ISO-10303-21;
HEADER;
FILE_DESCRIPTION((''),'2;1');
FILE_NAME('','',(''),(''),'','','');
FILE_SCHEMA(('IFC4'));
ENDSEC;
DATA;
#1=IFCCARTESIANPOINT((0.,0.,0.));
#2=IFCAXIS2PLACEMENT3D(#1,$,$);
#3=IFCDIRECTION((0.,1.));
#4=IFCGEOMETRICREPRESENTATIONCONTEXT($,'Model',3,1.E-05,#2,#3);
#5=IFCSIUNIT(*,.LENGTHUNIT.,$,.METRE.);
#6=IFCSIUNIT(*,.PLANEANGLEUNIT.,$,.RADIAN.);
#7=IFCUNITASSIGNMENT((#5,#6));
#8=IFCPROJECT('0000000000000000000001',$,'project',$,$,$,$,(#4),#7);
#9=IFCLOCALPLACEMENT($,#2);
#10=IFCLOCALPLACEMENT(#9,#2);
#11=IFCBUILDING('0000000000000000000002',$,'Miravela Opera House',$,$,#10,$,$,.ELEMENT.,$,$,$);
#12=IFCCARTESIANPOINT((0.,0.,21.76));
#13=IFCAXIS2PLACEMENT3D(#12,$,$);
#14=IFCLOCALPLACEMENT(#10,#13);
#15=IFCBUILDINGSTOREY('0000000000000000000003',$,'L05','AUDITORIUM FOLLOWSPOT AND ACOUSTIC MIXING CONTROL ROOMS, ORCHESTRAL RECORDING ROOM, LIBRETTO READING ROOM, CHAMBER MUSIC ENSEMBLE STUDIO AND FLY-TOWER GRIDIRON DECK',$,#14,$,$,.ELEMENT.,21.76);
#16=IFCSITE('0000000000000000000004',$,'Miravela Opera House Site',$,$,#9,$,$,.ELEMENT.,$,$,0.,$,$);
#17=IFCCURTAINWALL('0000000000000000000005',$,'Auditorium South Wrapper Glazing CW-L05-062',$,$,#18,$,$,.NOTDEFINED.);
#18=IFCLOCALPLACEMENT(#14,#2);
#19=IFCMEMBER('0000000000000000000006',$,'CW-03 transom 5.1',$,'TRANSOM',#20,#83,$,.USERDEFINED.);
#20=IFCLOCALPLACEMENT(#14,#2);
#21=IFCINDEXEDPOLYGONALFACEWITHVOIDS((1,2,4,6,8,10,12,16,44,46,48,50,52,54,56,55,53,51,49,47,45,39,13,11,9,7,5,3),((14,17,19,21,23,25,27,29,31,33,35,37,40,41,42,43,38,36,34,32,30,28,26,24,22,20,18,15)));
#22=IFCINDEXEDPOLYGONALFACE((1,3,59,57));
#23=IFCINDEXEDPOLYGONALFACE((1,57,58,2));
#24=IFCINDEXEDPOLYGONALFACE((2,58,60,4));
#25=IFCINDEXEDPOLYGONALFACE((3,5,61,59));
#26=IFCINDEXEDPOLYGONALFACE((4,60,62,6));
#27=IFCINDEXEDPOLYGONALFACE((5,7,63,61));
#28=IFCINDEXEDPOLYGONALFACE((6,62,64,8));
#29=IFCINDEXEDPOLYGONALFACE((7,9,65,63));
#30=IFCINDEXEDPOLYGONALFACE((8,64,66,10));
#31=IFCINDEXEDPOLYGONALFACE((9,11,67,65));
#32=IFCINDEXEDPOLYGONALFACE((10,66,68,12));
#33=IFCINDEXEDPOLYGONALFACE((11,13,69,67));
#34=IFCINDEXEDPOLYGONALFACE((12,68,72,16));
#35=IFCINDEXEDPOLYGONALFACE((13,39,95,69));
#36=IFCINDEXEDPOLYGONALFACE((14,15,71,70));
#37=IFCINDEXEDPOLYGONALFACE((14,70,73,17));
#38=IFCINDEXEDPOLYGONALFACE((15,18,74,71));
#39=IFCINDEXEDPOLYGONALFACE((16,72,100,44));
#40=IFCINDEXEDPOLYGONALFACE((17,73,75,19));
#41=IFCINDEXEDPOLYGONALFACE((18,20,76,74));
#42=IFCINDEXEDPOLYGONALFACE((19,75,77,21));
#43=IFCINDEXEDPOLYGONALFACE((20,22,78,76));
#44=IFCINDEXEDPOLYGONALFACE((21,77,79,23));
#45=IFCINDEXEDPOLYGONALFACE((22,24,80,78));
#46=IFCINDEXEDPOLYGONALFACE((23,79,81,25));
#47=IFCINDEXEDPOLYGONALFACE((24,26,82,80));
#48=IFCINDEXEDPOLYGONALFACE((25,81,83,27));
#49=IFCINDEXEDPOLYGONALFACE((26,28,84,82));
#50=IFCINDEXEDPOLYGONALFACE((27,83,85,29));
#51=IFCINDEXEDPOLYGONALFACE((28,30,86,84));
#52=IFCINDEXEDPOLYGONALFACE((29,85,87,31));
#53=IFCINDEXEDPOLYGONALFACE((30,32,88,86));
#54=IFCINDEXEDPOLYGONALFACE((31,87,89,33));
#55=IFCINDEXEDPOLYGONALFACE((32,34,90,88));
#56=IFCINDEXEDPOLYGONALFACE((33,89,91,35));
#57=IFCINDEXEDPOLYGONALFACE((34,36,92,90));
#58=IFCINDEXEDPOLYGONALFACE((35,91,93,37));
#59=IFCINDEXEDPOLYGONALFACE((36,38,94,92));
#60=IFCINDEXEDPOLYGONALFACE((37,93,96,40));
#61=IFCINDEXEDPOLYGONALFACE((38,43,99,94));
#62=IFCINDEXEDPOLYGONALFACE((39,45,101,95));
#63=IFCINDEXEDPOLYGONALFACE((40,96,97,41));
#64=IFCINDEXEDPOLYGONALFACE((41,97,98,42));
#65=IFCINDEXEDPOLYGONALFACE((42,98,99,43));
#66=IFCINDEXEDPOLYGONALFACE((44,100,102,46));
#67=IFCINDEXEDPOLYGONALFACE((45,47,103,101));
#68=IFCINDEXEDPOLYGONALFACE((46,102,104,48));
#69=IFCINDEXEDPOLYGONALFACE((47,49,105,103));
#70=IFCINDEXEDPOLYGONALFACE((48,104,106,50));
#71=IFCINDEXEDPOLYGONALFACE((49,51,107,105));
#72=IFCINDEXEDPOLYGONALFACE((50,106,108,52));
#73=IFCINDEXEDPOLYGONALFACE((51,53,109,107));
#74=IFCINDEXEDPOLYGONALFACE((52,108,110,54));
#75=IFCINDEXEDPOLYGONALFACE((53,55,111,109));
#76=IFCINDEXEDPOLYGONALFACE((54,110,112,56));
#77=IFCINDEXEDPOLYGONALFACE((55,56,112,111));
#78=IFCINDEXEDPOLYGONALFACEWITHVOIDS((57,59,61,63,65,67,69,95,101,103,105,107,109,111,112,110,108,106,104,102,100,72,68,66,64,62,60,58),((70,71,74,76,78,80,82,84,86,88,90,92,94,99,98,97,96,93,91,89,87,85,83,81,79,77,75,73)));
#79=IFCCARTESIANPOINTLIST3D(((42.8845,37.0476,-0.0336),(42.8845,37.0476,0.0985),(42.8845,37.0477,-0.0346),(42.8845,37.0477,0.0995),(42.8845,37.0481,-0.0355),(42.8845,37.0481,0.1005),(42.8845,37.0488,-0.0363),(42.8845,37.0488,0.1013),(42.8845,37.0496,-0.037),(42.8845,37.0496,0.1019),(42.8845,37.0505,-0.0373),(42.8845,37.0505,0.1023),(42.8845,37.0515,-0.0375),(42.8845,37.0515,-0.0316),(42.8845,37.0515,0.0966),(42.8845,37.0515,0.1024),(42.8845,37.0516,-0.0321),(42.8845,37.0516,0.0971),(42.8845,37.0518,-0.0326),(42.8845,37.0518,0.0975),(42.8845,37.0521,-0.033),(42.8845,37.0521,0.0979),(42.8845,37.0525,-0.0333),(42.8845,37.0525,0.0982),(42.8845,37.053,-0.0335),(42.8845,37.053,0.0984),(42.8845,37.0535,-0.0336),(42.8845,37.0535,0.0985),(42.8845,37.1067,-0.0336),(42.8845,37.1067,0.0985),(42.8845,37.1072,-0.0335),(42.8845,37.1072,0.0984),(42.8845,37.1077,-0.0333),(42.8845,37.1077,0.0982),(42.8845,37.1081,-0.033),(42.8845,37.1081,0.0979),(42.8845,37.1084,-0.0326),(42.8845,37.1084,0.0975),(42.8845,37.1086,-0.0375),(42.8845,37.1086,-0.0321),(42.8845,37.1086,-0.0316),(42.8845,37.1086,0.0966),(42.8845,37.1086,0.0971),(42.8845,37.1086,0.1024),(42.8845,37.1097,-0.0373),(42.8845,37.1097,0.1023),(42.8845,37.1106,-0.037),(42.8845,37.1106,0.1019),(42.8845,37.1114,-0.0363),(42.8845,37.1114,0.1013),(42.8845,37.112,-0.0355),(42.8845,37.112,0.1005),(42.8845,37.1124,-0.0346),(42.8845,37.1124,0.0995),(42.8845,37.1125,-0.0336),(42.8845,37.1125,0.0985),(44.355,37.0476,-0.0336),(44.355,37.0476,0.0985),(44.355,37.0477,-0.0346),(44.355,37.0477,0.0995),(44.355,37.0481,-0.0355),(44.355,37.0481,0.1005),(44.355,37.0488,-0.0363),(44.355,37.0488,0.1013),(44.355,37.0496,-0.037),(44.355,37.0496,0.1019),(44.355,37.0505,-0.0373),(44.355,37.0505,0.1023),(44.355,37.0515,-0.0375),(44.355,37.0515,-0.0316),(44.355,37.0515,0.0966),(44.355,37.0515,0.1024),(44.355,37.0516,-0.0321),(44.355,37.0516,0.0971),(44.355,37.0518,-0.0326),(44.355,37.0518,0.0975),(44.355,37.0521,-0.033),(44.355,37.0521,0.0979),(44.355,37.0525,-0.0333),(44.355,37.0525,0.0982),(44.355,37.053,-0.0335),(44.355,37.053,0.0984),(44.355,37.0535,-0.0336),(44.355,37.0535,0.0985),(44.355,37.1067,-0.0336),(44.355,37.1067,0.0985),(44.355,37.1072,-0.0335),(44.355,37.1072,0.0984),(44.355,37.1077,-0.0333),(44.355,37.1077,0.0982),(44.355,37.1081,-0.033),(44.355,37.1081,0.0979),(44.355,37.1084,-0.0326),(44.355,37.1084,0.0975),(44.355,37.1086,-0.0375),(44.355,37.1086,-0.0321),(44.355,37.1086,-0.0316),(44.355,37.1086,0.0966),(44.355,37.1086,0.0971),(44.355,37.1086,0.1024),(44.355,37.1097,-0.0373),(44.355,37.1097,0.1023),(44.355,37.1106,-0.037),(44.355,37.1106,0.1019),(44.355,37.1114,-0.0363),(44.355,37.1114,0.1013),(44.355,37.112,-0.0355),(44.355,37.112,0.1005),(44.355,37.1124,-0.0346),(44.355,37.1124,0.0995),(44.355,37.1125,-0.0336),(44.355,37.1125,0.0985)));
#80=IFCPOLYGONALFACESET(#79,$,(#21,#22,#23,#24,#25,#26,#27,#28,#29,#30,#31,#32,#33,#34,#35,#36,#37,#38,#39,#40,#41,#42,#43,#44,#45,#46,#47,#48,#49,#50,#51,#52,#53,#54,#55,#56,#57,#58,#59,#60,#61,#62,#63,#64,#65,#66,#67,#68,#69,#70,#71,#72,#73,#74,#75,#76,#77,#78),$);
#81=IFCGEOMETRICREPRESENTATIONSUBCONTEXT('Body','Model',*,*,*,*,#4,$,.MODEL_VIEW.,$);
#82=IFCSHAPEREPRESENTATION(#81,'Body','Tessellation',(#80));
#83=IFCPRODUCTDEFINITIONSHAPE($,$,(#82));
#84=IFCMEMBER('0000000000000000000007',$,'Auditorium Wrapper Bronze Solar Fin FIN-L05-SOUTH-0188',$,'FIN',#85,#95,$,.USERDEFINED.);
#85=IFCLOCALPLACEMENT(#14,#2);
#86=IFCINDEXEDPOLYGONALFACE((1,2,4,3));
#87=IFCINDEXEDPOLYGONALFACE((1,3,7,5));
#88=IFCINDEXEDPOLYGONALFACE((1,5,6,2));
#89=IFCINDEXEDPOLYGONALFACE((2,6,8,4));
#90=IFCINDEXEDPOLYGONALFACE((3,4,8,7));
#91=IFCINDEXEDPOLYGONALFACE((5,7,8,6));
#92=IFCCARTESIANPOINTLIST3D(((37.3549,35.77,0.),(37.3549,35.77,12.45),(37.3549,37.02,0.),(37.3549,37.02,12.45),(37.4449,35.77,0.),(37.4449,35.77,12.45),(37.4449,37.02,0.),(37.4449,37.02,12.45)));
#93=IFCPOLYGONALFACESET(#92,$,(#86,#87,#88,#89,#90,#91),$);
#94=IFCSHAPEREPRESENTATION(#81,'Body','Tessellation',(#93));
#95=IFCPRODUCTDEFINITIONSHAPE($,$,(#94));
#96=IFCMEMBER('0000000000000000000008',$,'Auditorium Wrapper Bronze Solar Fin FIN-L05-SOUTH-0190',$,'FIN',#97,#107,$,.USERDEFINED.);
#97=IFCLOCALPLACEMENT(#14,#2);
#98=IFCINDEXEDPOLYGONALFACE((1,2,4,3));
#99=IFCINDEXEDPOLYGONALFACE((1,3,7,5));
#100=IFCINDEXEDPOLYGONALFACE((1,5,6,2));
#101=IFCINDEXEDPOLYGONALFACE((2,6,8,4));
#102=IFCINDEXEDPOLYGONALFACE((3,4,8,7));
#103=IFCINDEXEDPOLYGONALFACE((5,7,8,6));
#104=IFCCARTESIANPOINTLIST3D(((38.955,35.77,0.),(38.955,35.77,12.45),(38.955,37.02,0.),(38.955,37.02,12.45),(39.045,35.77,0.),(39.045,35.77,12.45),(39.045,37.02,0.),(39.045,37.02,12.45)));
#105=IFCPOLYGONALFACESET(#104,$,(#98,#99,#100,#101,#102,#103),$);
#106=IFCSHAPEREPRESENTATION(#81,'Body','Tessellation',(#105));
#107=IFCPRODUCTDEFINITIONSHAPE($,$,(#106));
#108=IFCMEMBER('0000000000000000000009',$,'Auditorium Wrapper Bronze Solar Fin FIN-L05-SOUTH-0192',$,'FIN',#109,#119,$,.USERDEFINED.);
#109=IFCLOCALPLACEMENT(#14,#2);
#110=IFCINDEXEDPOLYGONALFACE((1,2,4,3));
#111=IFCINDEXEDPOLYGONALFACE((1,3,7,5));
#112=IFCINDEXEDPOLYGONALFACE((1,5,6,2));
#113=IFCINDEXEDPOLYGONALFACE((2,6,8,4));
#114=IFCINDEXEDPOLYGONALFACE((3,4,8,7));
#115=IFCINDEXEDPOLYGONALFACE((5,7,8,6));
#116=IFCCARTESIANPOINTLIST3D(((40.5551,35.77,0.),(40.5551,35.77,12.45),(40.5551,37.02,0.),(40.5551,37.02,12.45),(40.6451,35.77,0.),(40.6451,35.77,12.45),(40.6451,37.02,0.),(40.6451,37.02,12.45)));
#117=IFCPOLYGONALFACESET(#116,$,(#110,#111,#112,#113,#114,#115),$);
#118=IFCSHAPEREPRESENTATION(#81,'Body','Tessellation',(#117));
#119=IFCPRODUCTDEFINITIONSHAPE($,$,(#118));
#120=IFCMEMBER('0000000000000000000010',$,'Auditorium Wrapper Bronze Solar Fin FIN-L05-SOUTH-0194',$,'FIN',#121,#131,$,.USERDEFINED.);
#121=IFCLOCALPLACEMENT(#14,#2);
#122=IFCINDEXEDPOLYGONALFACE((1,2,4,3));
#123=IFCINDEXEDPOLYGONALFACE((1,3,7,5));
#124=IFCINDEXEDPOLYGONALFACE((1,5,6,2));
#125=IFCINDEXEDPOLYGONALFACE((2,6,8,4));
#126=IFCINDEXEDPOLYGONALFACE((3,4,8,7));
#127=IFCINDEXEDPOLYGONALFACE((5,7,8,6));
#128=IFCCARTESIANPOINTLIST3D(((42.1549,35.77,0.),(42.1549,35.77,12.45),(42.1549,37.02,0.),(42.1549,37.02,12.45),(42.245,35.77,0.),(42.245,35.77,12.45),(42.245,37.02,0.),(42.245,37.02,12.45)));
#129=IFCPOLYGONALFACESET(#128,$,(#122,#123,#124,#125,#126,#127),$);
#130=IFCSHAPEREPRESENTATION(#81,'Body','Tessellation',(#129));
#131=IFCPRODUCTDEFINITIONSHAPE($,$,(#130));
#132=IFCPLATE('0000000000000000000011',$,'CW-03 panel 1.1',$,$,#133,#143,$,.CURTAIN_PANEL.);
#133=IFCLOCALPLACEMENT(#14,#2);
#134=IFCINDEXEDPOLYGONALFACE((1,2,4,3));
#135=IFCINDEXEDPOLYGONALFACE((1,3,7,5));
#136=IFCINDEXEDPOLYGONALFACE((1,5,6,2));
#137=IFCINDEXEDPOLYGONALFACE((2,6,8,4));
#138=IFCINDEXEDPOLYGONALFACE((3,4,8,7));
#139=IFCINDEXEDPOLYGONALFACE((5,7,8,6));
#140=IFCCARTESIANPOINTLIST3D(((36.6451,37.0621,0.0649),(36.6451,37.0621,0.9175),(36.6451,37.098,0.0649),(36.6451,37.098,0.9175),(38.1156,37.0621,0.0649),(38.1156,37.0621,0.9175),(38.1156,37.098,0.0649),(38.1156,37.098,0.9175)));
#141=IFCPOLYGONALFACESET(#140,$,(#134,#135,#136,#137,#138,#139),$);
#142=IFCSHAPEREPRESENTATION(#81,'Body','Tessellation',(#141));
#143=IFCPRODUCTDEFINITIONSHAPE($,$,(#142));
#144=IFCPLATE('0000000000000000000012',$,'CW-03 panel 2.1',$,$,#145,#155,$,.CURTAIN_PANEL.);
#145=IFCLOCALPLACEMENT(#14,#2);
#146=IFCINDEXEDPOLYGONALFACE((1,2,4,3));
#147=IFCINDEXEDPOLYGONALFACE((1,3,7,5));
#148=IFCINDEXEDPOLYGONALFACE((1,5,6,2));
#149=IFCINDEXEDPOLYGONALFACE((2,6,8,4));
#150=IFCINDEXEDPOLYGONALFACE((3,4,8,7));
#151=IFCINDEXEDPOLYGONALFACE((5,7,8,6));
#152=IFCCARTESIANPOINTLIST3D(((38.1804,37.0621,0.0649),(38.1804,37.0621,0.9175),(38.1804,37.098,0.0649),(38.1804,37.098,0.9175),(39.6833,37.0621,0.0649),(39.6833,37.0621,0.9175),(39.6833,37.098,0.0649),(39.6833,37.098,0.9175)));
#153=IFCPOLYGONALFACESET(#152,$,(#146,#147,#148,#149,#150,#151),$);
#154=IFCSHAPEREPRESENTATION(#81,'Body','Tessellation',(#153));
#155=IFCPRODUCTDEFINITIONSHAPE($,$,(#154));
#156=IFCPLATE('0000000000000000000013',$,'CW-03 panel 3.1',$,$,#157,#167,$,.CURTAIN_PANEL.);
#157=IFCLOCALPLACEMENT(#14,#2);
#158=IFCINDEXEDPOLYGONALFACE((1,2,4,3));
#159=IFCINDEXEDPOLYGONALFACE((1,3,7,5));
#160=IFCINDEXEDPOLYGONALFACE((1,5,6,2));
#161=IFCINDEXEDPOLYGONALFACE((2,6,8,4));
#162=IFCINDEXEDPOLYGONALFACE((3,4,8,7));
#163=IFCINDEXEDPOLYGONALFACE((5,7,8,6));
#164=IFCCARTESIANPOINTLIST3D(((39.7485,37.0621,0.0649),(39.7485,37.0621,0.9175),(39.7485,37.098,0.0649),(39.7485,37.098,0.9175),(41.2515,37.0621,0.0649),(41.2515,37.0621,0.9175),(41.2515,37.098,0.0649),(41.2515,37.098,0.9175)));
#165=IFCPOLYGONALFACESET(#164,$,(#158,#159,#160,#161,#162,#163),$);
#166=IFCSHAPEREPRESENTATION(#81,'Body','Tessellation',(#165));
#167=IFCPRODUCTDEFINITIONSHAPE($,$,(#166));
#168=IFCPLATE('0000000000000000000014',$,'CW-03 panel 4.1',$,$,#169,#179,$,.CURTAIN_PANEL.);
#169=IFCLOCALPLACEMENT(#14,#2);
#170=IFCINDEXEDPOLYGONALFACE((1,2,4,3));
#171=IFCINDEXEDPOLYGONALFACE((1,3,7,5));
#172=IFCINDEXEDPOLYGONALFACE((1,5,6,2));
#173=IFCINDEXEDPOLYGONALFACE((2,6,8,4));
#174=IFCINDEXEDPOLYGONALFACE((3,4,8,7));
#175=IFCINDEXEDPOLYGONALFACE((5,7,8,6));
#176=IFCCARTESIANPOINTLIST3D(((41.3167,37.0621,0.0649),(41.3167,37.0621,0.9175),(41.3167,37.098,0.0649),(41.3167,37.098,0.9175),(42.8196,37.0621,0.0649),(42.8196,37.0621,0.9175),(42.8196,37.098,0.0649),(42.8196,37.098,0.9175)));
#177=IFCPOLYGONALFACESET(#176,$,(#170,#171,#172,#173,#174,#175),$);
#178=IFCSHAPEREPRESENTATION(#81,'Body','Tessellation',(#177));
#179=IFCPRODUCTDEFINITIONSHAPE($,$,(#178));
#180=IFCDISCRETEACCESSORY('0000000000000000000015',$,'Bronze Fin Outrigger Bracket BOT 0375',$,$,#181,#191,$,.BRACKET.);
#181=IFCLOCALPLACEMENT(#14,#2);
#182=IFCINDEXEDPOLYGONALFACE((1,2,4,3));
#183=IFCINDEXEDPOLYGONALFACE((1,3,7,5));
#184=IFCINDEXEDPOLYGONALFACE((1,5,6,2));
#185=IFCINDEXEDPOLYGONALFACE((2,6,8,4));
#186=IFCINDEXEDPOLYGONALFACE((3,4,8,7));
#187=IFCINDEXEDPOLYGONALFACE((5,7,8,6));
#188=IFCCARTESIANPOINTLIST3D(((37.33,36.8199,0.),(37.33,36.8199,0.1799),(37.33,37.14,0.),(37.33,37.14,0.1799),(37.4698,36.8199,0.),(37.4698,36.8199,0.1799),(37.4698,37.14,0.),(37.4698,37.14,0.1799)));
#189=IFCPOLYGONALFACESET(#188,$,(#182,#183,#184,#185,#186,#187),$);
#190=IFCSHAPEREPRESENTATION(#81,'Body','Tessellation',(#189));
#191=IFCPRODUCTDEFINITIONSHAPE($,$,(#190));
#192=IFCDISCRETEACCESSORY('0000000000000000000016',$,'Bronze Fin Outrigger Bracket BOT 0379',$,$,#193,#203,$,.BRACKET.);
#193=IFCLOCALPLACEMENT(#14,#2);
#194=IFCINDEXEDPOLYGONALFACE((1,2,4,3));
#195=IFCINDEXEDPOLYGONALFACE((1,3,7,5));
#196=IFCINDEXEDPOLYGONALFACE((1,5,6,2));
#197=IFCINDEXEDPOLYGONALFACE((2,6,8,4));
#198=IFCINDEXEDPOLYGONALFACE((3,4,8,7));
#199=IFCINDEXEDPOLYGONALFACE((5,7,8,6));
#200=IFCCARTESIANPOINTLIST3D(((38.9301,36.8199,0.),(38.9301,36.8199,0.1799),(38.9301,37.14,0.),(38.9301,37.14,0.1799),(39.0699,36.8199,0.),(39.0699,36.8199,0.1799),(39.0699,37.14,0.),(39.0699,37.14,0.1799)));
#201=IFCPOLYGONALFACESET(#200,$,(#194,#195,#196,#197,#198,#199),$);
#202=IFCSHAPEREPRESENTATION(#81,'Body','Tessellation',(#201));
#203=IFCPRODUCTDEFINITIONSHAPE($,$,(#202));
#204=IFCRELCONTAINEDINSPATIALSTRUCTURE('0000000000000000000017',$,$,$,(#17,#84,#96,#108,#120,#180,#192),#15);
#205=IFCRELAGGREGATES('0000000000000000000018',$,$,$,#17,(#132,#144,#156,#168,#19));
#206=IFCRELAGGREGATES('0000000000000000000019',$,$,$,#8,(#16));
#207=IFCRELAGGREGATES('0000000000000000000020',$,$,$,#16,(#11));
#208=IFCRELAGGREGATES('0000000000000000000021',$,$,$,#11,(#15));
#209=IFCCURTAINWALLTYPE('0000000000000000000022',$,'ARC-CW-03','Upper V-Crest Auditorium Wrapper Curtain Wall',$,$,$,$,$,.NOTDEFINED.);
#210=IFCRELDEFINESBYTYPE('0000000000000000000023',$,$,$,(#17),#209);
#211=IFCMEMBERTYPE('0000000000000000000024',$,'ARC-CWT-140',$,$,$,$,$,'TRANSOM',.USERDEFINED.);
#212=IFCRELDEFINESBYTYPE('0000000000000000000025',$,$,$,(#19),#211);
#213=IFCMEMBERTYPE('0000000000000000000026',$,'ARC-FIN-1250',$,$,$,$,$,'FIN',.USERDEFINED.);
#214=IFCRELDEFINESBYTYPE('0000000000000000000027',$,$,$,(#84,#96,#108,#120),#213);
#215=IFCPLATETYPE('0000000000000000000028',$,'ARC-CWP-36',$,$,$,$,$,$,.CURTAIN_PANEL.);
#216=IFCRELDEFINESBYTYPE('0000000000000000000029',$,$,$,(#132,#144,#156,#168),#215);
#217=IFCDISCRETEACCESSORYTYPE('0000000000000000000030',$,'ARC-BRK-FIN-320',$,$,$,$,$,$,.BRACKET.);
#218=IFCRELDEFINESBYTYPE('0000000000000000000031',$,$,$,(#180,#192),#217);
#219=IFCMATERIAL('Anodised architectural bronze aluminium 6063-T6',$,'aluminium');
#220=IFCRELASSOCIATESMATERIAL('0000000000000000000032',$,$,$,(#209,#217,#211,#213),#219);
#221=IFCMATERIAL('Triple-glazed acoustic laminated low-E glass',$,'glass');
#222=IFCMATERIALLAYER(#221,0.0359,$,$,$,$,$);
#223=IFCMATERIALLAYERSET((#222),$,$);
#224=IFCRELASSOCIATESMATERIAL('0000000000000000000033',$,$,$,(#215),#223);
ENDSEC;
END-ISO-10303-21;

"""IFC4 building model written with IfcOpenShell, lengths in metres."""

from ifc_helpers import new_model, si_unit, direction, frame, origin, origin_2d, place, context, subcontext, project, spatial, rectangle, hollow_rectangle, extrude, material, layer, layer_set, material_profile, profile_set, type_object, element, aggregate, save


model = new_model("IFC4")

# Units and contexts
model_context = context("Model", 3, precision=1e-05, world=origin(), true_north=direction((0.0, 1.0)))
body_context = subcontext(model_context, "Body", "Model", "MODEL_VIEW")
ifc_project = project(units=[si_unit("LENGTHUNIT", "METRE"), si_unit("PLANEANGLEUNIT", "RADIAN")], contexts=[model_context])

# Site, building, storey
site_placement = place(None, origin())
site = spatial("IfcSite", under=ifc_project, at=site_placement, Name="Miravela Opera House Site", CompositionType="ELEMENT", RefElevation=0.0)
building_placement = place(site_placement, origin())
building = spatial("IfcBuilding", under=site, at=building_placement, Name="Miravela Opera House", CompositionType="ELEMENT")
storey_placement = place(building_placement, frame((0.0, 0.0, 21.76)))
storey = spatial("IfcBuildingStorey", under=building, at=storey_placement, Name="L05", Description="AUDITORIUM FOLLOWSPOT AND ACOUSTIC MIXING CONTROL ROOMS, ORCHESTRAL RECORDING ROOM, LIBRETTO READING ROOM, CHAMBER MUSIC ENSEMBLE STUDIO AND FLY-TOWER GRIDIRON DECK", CompositionType="ELEMENT", Elevation=21.76)

# Curtain wall, member
ifc_material_1 = material(Name="Anodised architectural bronze aluminium 6063-T6", Category="aluminium")
curtain_wall_type = type_object("IfcCurtainWallType", Name="ARC-CW-03", Description="Upper V-Crest Auditorium Wrapper Curtain Wall", PredefinedType="NOTDEFINED", material=ifc_material_1)
curtain_wall_placement = place(storey_placement, origin())
curtain_wall = element("IfcCurtainWall", 1, at=curtain_wall_placement, inside=storey, type_object=curtain_wall_type, Name="Auditorium South Wrapper Glazing CW-L05-062", PredefinedType="NOTDEFINED")
ifc_material_profile_1 = material_profile(ifc_material_1, hollow_rectangle(XDim=0.0649, YDim=0.1399, WallThickness=0.0039, InnerFilletRadius=0.002, OuterFilletRadius=0.0039, at=origin_2d()), Name="CWT-65X140")
ifc_profile_set_1 = profile_set([ifc_material_profile_1])
member_type_1 = type_object("IfcMemberType", Name="ARC-CWT-140", ElementType="TRANSOM", PredefinedType="USERDEFINED", material=ifc_profile_set_1)
member_1_placement = place(storey_placement, frame((42.8845, 37.0801, 0.0325), z_axis=(1.0, 0.0, 0.0), x_axis=(0.0, 1.0, 0.0)))
member_1 = element("IfcMember", 2, at=member_1_placement, type_object=member_type_1, Name="CW-03 transom 5.1", ObjectType="TRANSOM", PredefinedType="USERDEFINED", context=body_context, shape_type="SweptSolid", body=[
    extrude(hollow_rectangle(XDim=0.0649, YDim=0.1399, WallThickness=0.0039, InnerFilletRadius=0.002, OuterFilletRadius=0.0039, at=origin_2d()), origin(), (0.0, 0.0, 1.0), 1.4705),
])

# Members
ifc_material_profile_2 = material_profile(ifc_material_1, rectangle(XDim=0.0901, YDim=1.25, at=origin_2d()), Name="FIN-1250X90")
ifc_profile_set_2 = profile_set([ifc_material_profile_2])
member_type_2 = type_object("IfcMemberType", Name="ARC-FIN-1250", ElementType="FIN", PredefinedType="USERDEFINED", material=ifc_profile_set_2)
for number, where, z_axis, x_axis, name in (
    (3, (37.3999, 36.395, 0.0), (0.0, 0.0, 1.0), (1.0, 0.0, 0.0), "Auditorium Wrapper Bronze Solar Fin FIN-L05-SOUTH-0188"),
    (4, (39.0, 36.395, 0.0), (0.0, 0.0, 1.0), (1.0, 0.0, 0.0), "Auditorium Wrapper Bronze Solar Fin FIN-L05-SOUTH-0190"),
    (5, (40.6001, 36.395, 0.0), (0.0, 0.0, 1.0), (1.0, 0.0, 0.0), "Auditorium Wrapper Bronze Solar Fin FIN-L05-SOUTH-0192"),
    (6, (42.2, 36.395, 0.0), (0.0, 0.0, 1.0), (1.0, 0.0, 0.0), "Auditorium Wrapper Bronze Solar Fin FIN-L05-SOUTH-0194"),
):
    element("IfcMember", number, at=place(storey_placement, frame(where, z_axis=z_axis, x_axis=x_axis)), inside=storey, type_object=member_type_2, Name=name, ObjectType="FIN", PredefinedType="USERDEFINED", context=body_context, shape_type="SweptSolid", body=[
        extrude(rectangle(XDim=0.0901, YDim=1.25, at=origin_2d()), origin(), (0.0, 0.0, 1.0), 12.45),
    ])

# Plates
ifc_material_2 = material(Name="Triple-glazed acoustic laminated low-E glass", Category="glass")
ifc_layer = layer(ifc_material_2, 0.0359)
ifc_layer_set = layer_set([ifc_layer])
plate_type = type_object("IfcPlateType", Name="ARC-CWP-36", PredefinedType="CURTAIN_PANEL", material=ifc_layer_set)
plate_1_placement = place(storey_placement, frame((37.3804, 37.0801, 0.0649), z_axis=(0.0, 0.0, 1.0), x_axis=(1.0, 0.0, 0.0)))
plate_1 = element("IfcPlate", 7, at=plate_1_placement, type_object=plate_type, Name="CW-03 panel 1.1", PredefinedType="CURTAIN_PANEL", context=body_context, shape_type="SweptSolid", body=[
    extrude(rectangle(XDim=1.4705, YDim=0.0359, at=origin_2d()), origin(), (0.0, 0.0, 1.0), 0.8525),
])
plate_2_placement = place(storey_placement, frame((38.9319, 37.0801, 0.0649), z_axis=(0.0, 0.0, 1.0), x_axis=(1.0, 0.0, 0.0)))
plate_2 = element("IfcPlate", 8, at=plate_2_placement, type_object=plate_type, Name="CW-03 panel 2.1", PredefinedType="CURTAIN_PANEL", context=body_context, shape_type="SweptSolid", body=[
    extrude(rectangle(XDim=1.5029, YDim=0.0359, at=origin_2d()), origin(), (0.0, 0.0, 1.0), 0.8525),
])
plate_3_placement = place(storey_placement, frame((40.5, 37.0801, 0.0649), z_axis=(0.0, 0.0, 1.0), x_axis=(1.0, 0.0, 0.0)))
plate_3 = element("IfcPlate", 9, at=plate_3_placement, type_object=plate_type, Name="CW-03 panel 3.1", PredefinedType="CURTAIN_PANEL", context=body_context, shape_type="SweptSolid", body=[
    extrude(rectangle(XDim=1.5029, YDim=0.0359, at=origin_2d()), origin(), (0.0, 0.0, 1.0), 0.8525),
])
plate_4_placement = place(storey_placement, frame((42.0681, 37.0801, 0.0649), z_axis=(0.0, 0.0, 1.0), x_axis=(1.0, 0.0, 0.0)))
plate_4 = element("IfcPlate", 10, at=plate_4_placement, type_object=plate_type, Name="CW-03 panel 4.1", PredefinedType="CURTAIN_PANEL", context=body_context, shape_type="SweptSolid", body=[
    extrude(rectangle(XDim=1.5029, YDim=0.0359, at=origin_2d()), origin(), (0.0, 0.0, 1.0), 0.8525),
])
aggregate(curtain_wall, [plate_1, plate_2, plate_3, plate_4, member_1])

# Discrete accessories
discrete_accessory_type = type_object("IfcDiscreteAccessoryType", Name="ARC-BRK-FIN-320", PredefinedType="BRACKET", material=ifc_material_1)
for number, where, z_axis, x_axis, name in (
    (11, (37.3999, 36.98, 0.0), (0.0, 0.0, 1.0), (0.0, 1.0, 0.0), "Bronze Fin Outrigger Bracket BOT 0375"),
    (12, (39.0, 36.98, 0.0), (0.0, 0.0, 1.0), (0.0, 1.0, 0.0), "Bronze Fin Outrigger Bracket BOT 0379"),
):
    element("IfcDiscreteAccessory", number, at=place(storey_placement, frame(where, z_axis=z_axis, x_axis=x_axis)), inside=storey, type_object=discrete_accessory_type, Name=name, PredefinedType="BRACKET", context=body_context, shape_type="SweptSolid", body=[
        extrude(rectangle(XDim=0.3201, YDim=0.1399, at=origin_2d()), origin(), (0.0, 0.0, 1.0), 0.1799),
    ])

save(model, "model.ifc")
